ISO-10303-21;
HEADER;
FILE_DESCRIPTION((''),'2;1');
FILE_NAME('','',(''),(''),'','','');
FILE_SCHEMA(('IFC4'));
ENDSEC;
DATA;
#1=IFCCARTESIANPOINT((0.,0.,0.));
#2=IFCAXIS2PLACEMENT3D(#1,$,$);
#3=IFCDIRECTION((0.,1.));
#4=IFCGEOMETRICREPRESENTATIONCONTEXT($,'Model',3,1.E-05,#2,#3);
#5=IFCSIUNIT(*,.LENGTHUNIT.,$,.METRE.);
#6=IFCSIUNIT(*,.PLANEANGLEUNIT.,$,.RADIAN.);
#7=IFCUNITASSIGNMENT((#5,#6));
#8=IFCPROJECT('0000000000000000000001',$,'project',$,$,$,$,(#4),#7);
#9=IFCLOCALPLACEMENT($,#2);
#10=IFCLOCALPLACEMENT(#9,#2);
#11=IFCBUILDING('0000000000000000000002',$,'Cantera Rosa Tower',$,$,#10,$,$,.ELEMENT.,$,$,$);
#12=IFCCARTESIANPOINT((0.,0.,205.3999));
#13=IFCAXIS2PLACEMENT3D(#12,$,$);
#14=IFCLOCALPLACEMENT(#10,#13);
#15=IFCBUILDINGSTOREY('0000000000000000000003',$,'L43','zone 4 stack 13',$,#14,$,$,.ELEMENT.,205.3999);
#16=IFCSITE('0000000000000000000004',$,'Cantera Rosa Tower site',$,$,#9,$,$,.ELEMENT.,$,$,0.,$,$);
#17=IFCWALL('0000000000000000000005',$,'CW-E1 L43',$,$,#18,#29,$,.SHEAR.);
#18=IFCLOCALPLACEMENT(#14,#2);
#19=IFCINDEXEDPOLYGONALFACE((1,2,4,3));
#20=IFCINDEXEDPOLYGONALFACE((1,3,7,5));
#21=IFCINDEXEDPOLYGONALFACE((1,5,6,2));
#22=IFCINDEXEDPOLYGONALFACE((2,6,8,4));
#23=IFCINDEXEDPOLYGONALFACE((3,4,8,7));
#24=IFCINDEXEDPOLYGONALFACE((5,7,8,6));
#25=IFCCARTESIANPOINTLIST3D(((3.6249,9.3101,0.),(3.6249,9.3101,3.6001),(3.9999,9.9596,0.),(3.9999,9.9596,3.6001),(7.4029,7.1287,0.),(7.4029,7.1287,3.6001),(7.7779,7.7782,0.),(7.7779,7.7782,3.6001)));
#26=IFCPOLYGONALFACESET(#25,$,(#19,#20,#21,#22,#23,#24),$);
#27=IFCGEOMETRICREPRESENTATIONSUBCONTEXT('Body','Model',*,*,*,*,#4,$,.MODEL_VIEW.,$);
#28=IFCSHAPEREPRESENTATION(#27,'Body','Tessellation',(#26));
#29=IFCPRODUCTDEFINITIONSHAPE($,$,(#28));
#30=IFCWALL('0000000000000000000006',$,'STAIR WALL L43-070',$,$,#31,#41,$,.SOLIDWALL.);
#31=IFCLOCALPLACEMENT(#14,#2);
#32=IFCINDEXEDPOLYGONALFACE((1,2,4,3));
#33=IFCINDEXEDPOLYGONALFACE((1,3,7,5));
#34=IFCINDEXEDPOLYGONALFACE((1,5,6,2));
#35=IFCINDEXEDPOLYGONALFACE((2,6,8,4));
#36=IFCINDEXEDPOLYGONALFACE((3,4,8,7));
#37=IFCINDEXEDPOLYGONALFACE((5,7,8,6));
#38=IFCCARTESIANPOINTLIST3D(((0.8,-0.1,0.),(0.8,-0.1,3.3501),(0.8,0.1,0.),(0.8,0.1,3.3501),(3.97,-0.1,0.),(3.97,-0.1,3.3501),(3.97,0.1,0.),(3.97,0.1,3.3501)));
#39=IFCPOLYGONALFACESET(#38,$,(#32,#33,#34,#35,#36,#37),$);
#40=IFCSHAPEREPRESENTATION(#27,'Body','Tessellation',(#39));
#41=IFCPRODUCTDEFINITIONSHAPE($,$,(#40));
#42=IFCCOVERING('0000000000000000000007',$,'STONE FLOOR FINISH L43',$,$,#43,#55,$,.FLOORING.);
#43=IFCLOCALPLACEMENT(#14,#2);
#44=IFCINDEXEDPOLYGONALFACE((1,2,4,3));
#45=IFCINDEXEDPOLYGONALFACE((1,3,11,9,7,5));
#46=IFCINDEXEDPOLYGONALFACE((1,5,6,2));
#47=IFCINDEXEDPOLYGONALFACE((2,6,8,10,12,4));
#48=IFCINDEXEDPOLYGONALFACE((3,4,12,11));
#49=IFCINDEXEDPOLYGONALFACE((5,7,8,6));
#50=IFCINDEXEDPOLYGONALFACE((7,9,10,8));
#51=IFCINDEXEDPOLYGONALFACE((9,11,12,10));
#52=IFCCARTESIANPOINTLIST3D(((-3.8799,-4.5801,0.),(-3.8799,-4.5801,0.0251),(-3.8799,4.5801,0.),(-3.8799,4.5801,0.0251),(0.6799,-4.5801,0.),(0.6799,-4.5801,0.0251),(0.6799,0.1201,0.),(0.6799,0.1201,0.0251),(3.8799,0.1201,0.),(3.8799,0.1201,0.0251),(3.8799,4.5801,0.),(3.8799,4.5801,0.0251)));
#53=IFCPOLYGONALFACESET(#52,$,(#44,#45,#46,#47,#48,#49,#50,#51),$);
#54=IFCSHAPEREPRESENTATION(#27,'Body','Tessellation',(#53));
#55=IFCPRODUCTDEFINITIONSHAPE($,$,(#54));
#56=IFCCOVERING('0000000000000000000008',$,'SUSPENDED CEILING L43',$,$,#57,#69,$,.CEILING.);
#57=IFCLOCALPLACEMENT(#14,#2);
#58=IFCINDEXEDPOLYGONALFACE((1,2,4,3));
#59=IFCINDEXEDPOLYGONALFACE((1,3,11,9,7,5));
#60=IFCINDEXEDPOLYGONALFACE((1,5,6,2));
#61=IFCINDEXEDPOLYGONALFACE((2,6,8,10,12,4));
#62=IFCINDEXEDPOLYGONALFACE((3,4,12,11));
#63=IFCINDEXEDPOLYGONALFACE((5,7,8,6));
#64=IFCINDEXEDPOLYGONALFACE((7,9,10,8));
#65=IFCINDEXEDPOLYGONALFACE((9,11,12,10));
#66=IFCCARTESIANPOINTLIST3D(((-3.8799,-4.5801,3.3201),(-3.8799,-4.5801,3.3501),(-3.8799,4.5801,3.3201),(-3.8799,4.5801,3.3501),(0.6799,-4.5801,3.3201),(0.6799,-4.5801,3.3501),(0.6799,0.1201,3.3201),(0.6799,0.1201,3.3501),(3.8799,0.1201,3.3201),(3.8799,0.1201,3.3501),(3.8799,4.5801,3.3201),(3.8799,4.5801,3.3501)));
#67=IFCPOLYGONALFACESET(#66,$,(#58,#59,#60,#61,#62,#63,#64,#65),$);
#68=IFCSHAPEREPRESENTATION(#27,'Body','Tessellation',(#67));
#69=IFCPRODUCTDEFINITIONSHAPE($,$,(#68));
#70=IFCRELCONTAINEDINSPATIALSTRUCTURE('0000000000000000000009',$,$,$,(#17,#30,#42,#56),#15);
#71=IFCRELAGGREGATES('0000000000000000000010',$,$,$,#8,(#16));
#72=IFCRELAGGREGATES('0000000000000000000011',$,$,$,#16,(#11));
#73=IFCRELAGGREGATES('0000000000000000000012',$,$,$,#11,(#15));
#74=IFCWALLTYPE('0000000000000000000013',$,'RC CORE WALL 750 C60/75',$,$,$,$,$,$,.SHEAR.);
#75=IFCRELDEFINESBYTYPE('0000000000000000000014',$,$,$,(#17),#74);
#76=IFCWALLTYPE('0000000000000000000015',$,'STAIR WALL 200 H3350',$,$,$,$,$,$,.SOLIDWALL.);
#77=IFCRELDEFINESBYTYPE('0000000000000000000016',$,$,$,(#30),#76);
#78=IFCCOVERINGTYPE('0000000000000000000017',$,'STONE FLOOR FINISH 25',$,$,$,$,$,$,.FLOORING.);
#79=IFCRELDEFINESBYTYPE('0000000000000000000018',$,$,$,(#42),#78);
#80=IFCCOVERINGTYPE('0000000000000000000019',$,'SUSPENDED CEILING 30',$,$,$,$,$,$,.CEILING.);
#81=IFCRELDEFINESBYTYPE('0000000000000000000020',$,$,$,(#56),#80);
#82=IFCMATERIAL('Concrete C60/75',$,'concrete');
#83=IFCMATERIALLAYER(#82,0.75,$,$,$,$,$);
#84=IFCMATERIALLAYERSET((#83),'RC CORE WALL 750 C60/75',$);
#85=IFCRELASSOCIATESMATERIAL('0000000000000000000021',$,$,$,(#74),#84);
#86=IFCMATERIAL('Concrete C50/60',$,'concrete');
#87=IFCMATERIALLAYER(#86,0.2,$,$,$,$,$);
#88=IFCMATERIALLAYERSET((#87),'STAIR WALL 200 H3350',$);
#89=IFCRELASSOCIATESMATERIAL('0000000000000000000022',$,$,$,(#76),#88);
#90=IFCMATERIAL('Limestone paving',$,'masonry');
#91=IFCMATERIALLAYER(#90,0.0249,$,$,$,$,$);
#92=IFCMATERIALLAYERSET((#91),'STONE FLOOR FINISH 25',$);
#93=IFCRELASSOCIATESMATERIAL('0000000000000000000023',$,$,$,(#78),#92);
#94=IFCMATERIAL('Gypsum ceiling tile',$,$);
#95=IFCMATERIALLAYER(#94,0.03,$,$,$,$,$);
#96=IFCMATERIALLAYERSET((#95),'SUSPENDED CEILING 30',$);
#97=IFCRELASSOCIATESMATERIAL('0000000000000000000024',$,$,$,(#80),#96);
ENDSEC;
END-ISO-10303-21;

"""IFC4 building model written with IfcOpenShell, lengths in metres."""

from ifc_helpers import new_model, si_unit, direction, frame, frame_2d, origin, place, context, subcontext, project, spatial, polyline, rectangle, outline, extrude, material, layer, layer_set, type_object, element, save


model = new_model("IFC4")

# Units and contexts
model_context = context("Model", 3, precision=1e-05, world=origin(), true_north=direction((0.0, 1.0)))
body_context = subcontext(model_context, "Body", "Model", "MODEL_VIEW")
ifc_project = project(units=[si_unit("LENGTHUNIT", "METRE"), si_unit("PLANEANGLEUNIT", "RADIAN")], contexts=[model_context])

# Site, building, storey
site_placement = place(None, origin())
site = spatial("IfcSite", under=ifc_project, at=site_placement, Name="Cantera Rosa Tower site", CompositionType="ELEMENT", RefElevation=0.0)
building_placement = place(site_placement, origin())
building = spatial("IfcBuilding", under=site, at=building_placement, Name="Cantera Rosa Tower", CompositionType="ELEMENT")
storey_placement = place(building_placement, frame((0.0, 0.0, 205.3999)))
storey = spatial("IfcBuildingStorey", under=building, at=storey_placement, Name="L43", Description="zone 4 stack 13", CompositionType="ELEMENT", Elevation=205.3999)

# Shared definitions
ifc_material_1 = material(Name="Concrete C60/75", Category="concrete")
ifc_layer_1 = layer(ifc_material_1, 0.75)
ifc_layer_set_1 = layer_set([ifc_layer_1], Name="RC CORE WALL 750 C60/75")
wall_type_1 = type_object("IfcWallType", Name="RC CORE WALL 750 C60/75", PredefinedType="SHEAR", material=ifc_layer_set_1)

# Walls
wall_1_placement = place(storey_placement, frame((3.8125, 9.6348, 0.0), z_axis=(0.0, 0.0, 1.0), x_axis=(0.866013, -0.500021, 0.0)))
element("IfcWall", 1, at=wall_1_placement, inside=storey, type_object=wall_type_1, Name="CW-E1 L43", PredefinedType="SHEAR", context=body_context, shape_type="SweptSolid", body=[
    extrude(rectangle(XDim=4.3625, YDim=0.75, at=frame_2d((2.1812, 0.0))), origin(), (0.0, 0.0, 1.0), 3.6001),
])
ifc_material_2 = material(Name="Concrete C50/60", Category="concrete")
ifc_layer_2 = layer(ifc_material_2, 0.2)
ifc_layer_set_2 = layer_set([ifc_layer_2], Name="STAIR WALL 200 H3350")
wall_type_2 = type_object("IfcWallType", Name="STAIR WALL 200 H3350", PredefinedType="SOLIDWALL", material=ifc_layer_set_2)
wall_2_placement = place(storey_placement, frame((0.8, 0.0, 0.0), z_axis=(0.0, 0.0, 1.0), x_axis=(1.0, 0.0, 0.0)))
element("IfcWall", 2, at=wall_2_placement, inside=storey, type_object=wall_type_2, Name="STAIR WALL L43-070", PredefinedType="SOLIDWALL", context=body_context, shape_type="SweptSolid", body=[
    extrude(rectangle(XDim=3.1699, YDim=0.2, at=frame_2d((1.585, 0.0))), origin(), (0.0, 0.0, 1.0), 3.3501),
])

# Coverings
ifc_material_3 = material(Name="Limestone paving", Category="masonry")
ifc_layer_3 = layer(ifc_material_3, 0.0249)
ifc_layer_set_3 = layer_set([ifc_layer_3], Name="STONE FLOOR FINISH 25")
covering_type_1 = type_object("IfcCoveringType", Name="STONE FLOOR FINISH 25", PredefinedType="FLOORING", material=ifc_layer_set_3)
covering_1_placement = place(storey_placement, origin())
element("IfcCovering", 3, at=covering_1_placement, inside=storey, type_object=covering_type_1, Name="STONE FLOOR FINISH L43", PredefinedType="FLOORING", context=body_context, shape_type="SweptSolid", body=[
    extrude(outline(polyline([(3.8799, 4.5801), (3.8799, 0.1201), (0.6799, 0.1201), (0.6799, -4.5801), (-3.8799, -4.5801), (-3.8799, 4.5801), (3.8799, 4.5801)])), origin(), (0.0, 0.0, 1.0), 0.0251),
])
ifc_material_4 = material(Name="Gypsum ceiling tile")
ifc_layer_4 = layer(ifc_material_4, 0.03)
ifc_layer_set_4 = layer_set([ifc_layer_4], Name="SUSPENDED CEILING 30")
covering_type_2 = type_object("IfcCoveringType", Name="SUSPENDED CEILING 30", PredefinedType="CEILING", material=ifc_layer_set_4)
covering_2_placement = place(storey_placement, frame((0.0, 0.0, 3.3201)))
element("IfcCovering", 4, at=covering_2_placement, inside=storey, type_object=covering_type_2, Name="SUSPENDED CEILING L43", PredefinedType="CEILING", context=body_context, shape_type="SweptSolid", body=[
    extrude(outline(polyline([(3.8799, 4.5801), (3.8799, 0.1201), (0.6799, 0.1201), (0.6799, -4.5801), (-3.8799, -4.5801), (-3.8799, 4.5801), (3.8799, 4.5801)])), origin(), (0.0, 0.0, 1.0), 0.03),
])

save(model, "model.ifc")
